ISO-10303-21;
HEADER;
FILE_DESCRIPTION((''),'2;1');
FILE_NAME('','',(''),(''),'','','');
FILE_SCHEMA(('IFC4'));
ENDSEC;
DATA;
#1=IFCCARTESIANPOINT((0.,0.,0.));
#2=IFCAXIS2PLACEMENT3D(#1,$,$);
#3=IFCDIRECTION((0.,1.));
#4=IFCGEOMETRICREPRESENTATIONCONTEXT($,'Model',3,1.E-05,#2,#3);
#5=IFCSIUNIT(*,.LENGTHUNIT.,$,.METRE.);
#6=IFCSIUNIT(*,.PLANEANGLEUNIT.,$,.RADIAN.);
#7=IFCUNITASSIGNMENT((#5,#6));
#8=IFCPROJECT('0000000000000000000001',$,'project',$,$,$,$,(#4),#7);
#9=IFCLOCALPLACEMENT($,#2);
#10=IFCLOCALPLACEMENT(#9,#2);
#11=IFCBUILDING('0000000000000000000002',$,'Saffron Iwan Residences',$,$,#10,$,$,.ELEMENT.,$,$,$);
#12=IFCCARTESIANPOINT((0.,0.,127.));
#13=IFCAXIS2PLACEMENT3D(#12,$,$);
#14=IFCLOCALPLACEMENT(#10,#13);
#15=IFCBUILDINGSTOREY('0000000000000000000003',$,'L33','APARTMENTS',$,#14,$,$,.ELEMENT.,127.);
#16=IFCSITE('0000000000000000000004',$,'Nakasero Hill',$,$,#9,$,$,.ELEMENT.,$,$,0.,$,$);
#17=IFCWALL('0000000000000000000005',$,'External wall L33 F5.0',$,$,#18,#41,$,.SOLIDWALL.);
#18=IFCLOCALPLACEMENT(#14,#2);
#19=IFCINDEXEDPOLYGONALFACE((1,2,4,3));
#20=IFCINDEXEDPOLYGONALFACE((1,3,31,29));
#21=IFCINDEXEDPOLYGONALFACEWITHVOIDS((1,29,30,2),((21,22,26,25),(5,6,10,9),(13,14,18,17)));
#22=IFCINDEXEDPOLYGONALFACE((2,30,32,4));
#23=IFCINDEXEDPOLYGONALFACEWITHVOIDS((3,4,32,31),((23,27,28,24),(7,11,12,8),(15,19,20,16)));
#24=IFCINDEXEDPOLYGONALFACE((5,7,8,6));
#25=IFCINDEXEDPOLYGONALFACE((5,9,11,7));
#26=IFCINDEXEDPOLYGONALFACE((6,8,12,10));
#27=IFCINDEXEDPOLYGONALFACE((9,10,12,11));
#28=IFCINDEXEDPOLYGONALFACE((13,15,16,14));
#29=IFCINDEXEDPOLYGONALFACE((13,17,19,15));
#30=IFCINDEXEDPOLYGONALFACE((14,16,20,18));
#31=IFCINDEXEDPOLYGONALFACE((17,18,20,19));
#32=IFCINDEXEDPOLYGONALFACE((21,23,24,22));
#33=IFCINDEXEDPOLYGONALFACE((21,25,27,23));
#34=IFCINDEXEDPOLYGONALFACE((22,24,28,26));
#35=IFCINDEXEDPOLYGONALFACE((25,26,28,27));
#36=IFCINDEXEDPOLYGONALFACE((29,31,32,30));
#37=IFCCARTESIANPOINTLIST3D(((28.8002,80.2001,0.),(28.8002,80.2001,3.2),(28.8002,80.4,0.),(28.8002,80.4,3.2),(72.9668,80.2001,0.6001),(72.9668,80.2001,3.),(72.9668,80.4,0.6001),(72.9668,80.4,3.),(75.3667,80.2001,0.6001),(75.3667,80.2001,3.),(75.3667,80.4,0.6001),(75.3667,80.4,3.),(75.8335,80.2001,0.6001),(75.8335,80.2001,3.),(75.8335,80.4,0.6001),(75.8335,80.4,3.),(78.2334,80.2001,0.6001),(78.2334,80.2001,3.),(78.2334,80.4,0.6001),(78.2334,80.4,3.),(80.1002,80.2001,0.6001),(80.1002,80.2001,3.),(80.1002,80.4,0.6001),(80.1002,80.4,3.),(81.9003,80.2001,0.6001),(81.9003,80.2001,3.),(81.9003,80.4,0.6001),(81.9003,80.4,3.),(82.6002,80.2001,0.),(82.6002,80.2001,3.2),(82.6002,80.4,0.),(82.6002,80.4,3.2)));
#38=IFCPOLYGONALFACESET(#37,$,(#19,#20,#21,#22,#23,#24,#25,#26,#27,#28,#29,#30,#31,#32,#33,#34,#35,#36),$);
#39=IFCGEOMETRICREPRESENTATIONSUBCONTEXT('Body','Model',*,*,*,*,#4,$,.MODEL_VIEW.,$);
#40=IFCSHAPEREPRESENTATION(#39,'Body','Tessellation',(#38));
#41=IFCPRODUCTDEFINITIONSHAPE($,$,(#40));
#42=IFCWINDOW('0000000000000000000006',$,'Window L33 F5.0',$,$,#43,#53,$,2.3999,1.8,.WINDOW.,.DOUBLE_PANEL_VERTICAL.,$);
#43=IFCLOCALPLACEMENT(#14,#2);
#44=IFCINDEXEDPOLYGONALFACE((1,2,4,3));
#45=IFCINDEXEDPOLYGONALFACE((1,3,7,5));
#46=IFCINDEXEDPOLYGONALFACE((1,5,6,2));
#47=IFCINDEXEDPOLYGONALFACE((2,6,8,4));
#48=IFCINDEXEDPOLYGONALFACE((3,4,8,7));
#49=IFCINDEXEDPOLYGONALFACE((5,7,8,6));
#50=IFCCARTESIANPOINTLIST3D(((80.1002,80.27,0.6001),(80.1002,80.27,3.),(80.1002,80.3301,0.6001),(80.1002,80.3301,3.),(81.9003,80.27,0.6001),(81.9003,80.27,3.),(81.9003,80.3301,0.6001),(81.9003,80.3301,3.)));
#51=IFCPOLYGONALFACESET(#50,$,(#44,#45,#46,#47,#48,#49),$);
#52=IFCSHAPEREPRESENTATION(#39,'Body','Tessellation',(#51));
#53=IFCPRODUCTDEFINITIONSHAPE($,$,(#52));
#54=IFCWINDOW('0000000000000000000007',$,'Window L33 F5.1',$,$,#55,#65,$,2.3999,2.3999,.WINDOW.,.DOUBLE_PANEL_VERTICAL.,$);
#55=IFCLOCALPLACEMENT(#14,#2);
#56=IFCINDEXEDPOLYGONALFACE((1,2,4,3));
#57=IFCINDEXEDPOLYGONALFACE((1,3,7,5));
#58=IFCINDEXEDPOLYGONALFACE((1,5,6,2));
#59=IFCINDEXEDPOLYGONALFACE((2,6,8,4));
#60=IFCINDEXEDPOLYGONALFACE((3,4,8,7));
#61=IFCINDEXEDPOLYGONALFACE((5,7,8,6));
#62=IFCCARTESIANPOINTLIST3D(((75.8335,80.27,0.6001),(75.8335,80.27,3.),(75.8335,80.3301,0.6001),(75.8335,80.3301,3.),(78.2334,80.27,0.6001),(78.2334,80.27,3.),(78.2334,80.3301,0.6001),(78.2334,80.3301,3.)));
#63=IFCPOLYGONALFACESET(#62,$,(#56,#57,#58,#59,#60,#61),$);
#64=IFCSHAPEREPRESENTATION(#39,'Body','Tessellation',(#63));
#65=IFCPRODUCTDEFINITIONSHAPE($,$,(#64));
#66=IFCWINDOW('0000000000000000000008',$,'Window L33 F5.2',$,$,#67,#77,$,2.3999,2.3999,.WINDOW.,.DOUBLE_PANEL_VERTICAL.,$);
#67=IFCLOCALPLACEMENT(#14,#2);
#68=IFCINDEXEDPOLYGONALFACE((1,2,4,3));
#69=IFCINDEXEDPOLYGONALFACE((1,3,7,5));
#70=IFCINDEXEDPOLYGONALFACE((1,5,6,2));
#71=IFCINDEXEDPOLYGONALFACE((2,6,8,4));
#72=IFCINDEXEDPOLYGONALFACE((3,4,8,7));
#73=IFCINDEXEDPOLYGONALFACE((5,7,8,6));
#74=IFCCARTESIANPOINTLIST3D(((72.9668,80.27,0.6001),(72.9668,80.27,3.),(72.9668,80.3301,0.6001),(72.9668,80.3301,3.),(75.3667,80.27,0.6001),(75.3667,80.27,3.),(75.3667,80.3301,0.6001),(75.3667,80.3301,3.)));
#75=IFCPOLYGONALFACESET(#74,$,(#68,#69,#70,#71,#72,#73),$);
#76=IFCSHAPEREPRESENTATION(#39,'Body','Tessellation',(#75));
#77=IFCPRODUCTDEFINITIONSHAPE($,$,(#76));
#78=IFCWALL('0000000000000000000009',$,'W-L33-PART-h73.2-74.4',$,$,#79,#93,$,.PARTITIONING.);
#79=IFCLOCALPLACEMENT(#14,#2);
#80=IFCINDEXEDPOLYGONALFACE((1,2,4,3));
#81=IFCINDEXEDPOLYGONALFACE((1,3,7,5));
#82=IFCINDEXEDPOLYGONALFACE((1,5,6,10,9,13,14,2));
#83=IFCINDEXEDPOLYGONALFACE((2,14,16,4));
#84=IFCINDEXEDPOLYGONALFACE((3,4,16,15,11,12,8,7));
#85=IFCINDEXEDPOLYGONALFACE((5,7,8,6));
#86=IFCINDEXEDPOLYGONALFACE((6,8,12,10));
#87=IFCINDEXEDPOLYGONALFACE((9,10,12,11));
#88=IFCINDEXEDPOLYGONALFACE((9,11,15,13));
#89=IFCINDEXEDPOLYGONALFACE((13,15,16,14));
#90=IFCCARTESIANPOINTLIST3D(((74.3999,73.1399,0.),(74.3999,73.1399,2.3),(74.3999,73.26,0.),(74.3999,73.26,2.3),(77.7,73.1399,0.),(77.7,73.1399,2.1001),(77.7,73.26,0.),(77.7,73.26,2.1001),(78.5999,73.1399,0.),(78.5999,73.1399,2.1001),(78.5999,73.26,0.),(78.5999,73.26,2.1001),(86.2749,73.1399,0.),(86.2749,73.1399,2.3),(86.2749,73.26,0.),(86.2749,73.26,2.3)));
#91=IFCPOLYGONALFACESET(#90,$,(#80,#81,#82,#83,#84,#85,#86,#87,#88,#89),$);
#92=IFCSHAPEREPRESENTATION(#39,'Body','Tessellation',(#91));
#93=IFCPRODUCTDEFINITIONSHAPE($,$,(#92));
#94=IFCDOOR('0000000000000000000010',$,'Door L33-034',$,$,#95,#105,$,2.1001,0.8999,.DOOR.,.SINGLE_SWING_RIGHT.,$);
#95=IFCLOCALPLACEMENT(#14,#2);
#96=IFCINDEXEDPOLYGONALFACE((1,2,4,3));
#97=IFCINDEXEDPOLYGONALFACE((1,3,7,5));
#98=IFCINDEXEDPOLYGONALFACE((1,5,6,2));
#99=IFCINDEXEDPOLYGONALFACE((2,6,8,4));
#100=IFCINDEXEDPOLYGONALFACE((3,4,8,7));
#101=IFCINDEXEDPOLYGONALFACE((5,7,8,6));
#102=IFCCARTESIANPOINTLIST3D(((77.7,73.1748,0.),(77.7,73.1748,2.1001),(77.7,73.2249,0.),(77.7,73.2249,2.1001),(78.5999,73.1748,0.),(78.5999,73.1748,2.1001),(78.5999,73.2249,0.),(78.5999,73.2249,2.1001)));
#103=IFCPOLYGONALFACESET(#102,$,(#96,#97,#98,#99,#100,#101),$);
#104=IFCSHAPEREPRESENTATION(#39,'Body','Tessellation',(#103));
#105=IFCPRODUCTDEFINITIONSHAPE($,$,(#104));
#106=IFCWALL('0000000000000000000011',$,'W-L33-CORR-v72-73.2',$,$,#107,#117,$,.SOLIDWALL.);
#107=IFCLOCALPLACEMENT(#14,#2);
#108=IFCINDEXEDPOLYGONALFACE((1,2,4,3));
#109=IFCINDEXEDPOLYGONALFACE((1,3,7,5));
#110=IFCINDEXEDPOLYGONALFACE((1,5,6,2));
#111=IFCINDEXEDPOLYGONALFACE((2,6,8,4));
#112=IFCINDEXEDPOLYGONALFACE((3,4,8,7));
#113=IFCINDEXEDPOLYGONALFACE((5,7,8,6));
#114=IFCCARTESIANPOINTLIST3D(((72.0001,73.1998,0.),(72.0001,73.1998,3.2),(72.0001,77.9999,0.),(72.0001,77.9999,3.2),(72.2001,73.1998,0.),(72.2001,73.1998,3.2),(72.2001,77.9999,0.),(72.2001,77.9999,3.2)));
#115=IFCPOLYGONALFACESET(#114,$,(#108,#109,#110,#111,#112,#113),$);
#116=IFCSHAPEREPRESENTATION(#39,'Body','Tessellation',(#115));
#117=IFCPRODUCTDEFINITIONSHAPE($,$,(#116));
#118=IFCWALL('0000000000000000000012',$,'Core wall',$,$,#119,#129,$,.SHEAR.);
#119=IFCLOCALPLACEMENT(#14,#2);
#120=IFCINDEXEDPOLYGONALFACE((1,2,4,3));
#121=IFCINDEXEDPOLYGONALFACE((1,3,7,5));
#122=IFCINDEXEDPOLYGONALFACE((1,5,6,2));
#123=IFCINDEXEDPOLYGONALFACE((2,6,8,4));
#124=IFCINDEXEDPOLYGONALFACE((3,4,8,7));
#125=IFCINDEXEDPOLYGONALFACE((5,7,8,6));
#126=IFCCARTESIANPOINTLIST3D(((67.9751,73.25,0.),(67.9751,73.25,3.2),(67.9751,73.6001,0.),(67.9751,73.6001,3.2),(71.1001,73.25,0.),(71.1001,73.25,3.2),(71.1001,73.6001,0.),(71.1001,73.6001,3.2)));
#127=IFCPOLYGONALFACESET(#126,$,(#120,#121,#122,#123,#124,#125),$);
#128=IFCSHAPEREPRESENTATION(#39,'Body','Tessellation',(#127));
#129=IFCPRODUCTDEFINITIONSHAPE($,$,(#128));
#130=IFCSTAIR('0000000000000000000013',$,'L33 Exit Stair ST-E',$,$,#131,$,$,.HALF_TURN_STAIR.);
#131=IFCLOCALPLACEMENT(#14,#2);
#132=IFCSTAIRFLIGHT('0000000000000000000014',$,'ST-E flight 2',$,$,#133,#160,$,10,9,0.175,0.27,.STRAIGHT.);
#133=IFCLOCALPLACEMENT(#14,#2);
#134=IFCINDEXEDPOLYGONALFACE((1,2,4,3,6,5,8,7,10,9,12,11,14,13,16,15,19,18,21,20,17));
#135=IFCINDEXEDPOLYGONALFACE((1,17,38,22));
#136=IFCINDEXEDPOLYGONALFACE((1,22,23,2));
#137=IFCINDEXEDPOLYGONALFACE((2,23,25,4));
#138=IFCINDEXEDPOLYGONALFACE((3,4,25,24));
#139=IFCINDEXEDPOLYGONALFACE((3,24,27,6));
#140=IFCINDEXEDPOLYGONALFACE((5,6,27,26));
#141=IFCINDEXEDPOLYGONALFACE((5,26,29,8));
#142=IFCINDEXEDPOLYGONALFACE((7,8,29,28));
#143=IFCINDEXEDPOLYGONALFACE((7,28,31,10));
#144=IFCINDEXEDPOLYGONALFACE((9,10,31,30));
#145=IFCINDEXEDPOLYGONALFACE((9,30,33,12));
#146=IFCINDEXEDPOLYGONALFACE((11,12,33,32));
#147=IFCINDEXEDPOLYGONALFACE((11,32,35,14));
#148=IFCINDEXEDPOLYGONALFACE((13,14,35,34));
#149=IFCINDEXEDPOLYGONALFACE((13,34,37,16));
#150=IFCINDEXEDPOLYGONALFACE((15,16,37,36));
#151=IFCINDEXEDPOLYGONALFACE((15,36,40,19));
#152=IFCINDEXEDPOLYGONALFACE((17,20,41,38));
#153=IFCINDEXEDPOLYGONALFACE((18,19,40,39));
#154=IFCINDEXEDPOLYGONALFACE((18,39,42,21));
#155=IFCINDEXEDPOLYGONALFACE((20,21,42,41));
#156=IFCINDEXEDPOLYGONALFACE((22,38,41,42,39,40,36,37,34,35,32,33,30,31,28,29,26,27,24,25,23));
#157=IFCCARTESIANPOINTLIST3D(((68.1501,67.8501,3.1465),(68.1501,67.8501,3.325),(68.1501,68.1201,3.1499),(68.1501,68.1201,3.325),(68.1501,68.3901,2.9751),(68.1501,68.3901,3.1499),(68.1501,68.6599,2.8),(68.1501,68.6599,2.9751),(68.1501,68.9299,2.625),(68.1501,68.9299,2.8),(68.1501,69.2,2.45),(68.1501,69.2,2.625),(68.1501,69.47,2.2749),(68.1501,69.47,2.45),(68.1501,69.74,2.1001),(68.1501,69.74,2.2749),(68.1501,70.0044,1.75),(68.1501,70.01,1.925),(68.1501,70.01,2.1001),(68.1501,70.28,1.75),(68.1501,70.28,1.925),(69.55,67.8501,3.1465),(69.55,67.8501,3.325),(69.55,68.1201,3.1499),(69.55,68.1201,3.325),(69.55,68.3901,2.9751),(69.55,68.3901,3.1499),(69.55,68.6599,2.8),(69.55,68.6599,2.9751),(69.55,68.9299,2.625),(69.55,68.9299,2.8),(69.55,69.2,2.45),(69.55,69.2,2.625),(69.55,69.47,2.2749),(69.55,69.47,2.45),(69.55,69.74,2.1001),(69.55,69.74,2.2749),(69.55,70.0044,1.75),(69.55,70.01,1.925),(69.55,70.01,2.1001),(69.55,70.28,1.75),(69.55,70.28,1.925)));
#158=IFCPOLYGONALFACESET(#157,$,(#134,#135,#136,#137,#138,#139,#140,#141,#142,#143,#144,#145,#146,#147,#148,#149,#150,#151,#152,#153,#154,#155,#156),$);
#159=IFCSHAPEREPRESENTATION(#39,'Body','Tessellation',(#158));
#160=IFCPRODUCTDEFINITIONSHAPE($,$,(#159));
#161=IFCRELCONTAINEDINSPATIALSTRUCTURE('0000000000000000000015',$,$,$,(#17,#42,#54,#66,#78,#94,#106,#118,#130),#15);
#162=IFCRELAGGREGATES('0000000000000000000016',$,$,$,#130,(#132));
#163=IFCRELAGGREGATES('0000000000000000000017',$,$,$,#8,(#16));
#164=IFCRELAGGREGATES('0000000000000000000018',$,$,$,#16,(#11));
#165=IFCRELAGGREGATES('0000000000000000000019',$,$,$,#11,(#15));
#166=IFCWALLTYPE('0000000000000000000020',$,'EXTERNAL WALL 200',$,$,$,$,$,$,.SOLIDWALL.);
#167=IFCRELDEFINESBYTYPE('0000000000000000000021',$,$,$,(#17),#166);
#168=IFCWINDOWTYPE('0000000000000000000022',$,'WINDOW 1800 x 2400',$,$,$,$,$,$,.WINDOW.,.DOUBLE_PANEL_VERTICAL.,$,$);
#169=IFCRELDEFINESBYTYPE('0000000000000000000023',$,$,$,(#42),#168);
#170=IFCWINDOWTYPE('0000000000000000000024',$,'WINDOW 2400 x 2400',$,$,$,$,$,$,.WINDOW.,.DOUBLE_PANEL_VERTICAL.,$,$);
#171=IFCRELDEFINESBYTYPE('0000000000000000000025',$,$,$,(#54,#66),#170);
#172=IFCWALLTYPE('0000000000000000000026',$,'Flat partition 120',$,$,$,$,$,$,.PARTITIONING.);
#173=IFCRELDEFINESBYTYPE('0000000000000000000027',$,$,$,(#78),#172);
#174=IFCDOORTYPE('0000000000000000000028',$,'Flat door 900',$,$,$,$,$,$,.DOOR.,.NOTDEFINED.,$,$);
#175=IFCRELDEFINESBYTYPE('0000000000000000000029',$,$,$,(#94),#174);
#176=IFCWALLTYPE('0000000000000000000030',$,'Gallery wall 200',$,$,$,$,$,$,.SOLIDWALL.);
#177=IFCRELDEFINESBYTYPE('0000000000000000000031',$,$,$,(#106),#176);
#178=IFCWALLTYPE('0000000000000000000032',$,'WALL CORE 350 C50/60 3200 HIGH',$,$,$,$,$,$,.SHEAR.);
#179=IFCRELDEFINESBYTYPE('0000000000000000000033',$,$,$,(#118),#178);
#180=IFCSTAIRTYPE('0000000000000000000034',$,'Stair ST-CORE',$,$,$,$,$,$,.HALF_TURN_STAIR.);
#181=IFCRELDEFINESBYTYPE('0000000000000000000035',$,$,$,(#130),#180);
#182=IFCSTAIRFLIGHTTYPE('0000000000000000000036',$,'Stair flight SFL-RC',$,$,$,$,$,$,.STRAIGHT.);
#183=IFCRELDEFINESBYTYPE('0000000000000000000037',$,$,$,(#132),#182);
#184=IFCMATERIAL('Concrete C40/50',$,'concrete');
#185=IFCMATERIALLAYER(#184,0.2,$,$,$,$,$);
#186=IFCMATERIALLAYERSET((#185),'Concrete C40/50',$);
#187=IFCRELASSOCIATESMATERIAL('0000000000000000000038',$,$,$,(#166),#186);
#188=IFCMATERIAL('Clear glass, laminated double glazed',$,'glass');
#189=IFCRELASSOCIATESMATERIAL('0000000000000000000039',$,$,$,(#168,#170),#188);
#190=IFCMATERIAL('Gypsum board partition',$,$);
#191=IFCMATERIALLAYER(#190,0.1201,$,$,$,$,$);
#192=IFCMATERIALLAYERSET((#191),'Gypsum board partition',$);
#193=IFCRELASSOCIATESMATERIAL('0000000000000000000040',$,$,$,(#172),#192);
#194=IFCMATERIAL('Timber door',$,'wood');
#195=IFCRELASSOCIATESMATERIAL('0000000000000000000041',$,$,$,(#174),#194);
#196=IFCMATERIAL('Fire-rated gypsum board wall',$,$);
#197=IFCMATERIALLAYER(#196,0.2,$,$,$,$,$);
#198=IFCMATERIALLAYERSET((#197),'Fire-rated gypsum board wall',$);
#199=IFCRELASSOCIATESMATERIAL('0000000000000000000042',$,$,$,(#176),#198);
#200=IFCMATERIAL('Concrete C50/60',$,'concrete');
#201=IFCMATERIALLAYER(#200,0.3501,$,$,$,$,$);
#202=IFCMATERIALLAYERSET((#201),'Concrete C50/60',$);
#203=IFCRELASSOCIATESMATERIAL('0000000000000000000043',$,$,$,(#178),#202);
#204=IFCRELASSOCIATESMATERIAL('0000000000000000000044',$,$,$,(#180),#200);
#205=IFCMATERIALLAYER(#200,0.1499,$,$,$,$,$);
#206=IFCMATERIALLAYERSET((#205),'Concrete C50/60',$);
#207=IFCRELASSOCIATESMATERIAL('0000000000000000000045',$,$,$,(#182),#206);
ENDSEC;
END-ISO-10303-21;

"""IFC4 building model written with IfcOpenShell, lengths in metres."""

from ifc_helpers import new_model, si_unit, direction, frame, frame_2d, origin, place, context, subcontext, project, spatial, polyline, rectangle, outline, extrude, material, layer, layer_set, type_object, element, fill, aggregate, save


model = new_model("IFC4")

# Units and contexts
model_context = context("Model", 3, precision=1e-05, world=origin(), true_north=direction((0.0, 1.0)))
body_context = subcontext(model_context, "Body", "Model", "MODEL_VIEW")
ifc_project = project(units=[si_unit("LENGTHUNIT", "METRE"), si_unit("PLANEANGLEUNIT", "RADIAN")], contexts=[model_context])

# Site, building, storey
site_placement = place(None, origin())
site = spatial("IfcSite", under=ifc_project, at=site_placement, Name="Nakasero Hill", CompositionType="ELEMENT", RefElevation=0.0)
building_placement = place(site_placement, origin())
building = spatial("IfcBuilding", under=site, at=building_placement, Name="Saffron Iwan Residences", CompositionType="ELEMENT")
storey_placement = place(building_placement, frame((0.0, 0.0, 127.0)))
storey = spatial("IfcBuildingStorey", under=building, at=storey_placement, Name="L33", Description="APARTMENTS", CompositionType="ELEMENT", Elevation=127.0)

# Shared definitions
ifc_material_1 = material(Name="Concrete C50/60", Category="concrete")

# Shared definitions
ifc_material_2 = material(Name="Concrete C40/50", Category="concrete")
ifc_layer_1 = layer(ifc_material_2, 0.2)
ifc_layer_set_1 = layer_set([ifc_layer_1], Name="Concrete C40/50")
wall_type_1 = type_object("IfcWallType", Name="EXTERNAL WALL 200", PredefinedType="SOLIDWALL", material=ifc_layer_set_1)
ifc_material_3 = material(Name="Clear glass, laminated double glazed", Category="glass")
window_type_1 = type_object("IfcWindowType", Name="WINDOW 1800 x 2400", PartitioningType="DOUBLE_PANEL_VERTICAL", PredefinedType="WINDOW", material=ifc_material_3)
window_type_2 = type_object("IfcWindowType", Name="WINDOW 2400 x 2400", PartitioningType="DOUBLE_PANEL_VERTICAL", PredefinedType="WINDOW", material=ifc_material_3)

# Wall, openings, windows
wall_1_placement = place(storey_placement, frame((82.6001, 80.3, 0.0), z_axis=(0.0, 0.0, 1.0), x_axis=(-1.0, 0.0, 0.0)))
wall_1 = element("IfcWall", 1, at=wall_1_placement, inside=storey, type_object=wall_type_1, Name="External wall L33 F5.0", PredefinedType="SOLIDWALL", context=body_context, shape_type="SweptSolid", body=[
    extrude(rectangle(XDim=53.8, YDim=0.2, at=frame_2d((26.8999, 0.0))), origin(), (0.0, 0.0, 1.0), 3.2),
])
opening_1_placement = place(wall_1_placement, frame((0.7, 0.0, 0.6001)))
opening_1 = element("IfcOpeningElement", 2, at=opening_1_placement, cuts=wall_1, PredefinedType="OPENING", context=body_context, shape_type="SweptSolid", body=[
    extrude(rectangle(XDim=1.8, YDim=2.3999, at=frame_2d((0.8999, 1.2))), frame((0.0, 0.1099, 0.0), z_axis=(0.0, -1.0, 0.0), x_axis=(1.0, 0.0, 0.0)), (0.0, 0.0, 1.0), 0.22),
])
opening_2_placement = place(wall_1_placement, frame((4.3667, 0.0, 0.6001)))
opening_2 = element("IfcOpeningElement", 3, at=opening_2_placement, cuts=wall_1, PredefinedType="OPENING", context=body_context, shape_type="SweptSolid", body=[
    extrude(rectangle(XDim=2.3999, YDim=2.3999, at=frame_2d((1.2, 1.2))), frame((0.0, 0.1099, 0.0), z_axis=(0.0, -1.0, 0.0), x_axis=(1.0, 0.0, 0.0)), (0.0, 0.0, 1.0), 0.22),
])
opening_3_placement = place(wall_1_placement, frame((7.2334, 0.0, 0.6001)))
opening_3 = element("IfcOpeningElement", 4, at=opening_3_placement, cuts=wall_1, PredefinedType="OPENING", context=body_context, shape_type="SweptSolid", body=[
    extrude(rectangle(XDim=2.3999, YDim=2.3999, at=frame_2d((1.2, 1.2))), frame((0.0, 0.1099, 0.0), z_axis=(0.0, -1.0, 0.0), x_axis=(1.0, 0.0, 0.0)), (0.0, 0.0, 1.0), 0.22),
])
window_1_placement = place(opening_1_placement, origin())
window_1 = element("IfcWindow", 5, at=window_1_placement, inside=storey, type_object=window_type_1, Name="Window L33 F5.0", OverallHeight=2.3999, OverallWidth=1.8, PartitioningType="DOUBLE_PANEL_VERTICAL", PredefinedType="WINDOW", context=body_context, shape_type="SweptSolid", body=[
    extrude(rectangle(XDim=1.8, YDim=2.3999, at=frame_2d((0.8999, 1.2))), frame((0.0, 0.03, 0.0), z_axis=(0.0, -1.0, 0.0), x_axis=(1.0, 0.0, 0.0)), (0.0, 0.0, 1.0), 0.0601),
])
fill(opening_1, window_1)
window_2_placement = place(opening_2_placement, origin())
window_2 = element("IfcWindow", 6, at=window_2_placement, inside=storey, type_object=window_type_2, Name="Window L33 F5.1", OverallHeight=2.3999, OverallWidth=2.3999, PartitioningType="DOUBLE_PANEL_VERTICAL", PredefinedType="WINDOW", context=body_context, shape_type="SweptSolid", body=[
    extrude(rectangle(XDim=2.3999, YDim=2.3999, at=frame_2d((1.2, 1.2))), frame((0.0, 0.03, 0.0), z_axis=(0.0, -1.0, 0.0), x_axis=(1.0, 0.0, 0.0)), (0.0, 0.0, 1.0), 0.0601),
])
fill(opening_2, window_2)
window_3_placement = place(opening_3_placement, origin())
window_3 = element("IfcWindow", 7, at=window_3_placement, inside=storey, type_object=window_type_2, Name="Window L33 F5.2", OverallHeight=2.3999, OverallWidth=2.3999, PartitioningType="DOUBLE_PANEL_VERTICAL", PredefinedType="WINDOW", context=body_context, shape_type="SweptSolid", body=[
    extrude(rectangle(XDim=2.3999, YDim=2.3999, at=frame_2d((1.2, 1.2))), frame((0.0, 0.03, 0.0), z_axis=(0.0, -1.0, 0.0), x_axis=(1.0, 0.0, 0.0)), (0.0, 0.0, 1.0), 0.0601),
])
fill(opening_3, window_3)

# Wall, opening, door
ifc_material_4 = material(Name="Gypsum board partition")
ifc_layer_2 = layer(ifc_material_4, 0.1201)
ifc_layer_set_2 = layer_set([ifc_layer_2], Name="Gypsum board partition")
wall_type_2 = type_object("IfcWallType", Name="Flat partition 120", PredefinedType="PARTITIONING", material=ifc_layer_set_2)
wall_2_placement = place(storey_placement, frame((74.3999, 73.2, 0.0), z_axis=(0.0, 0.0, 1.0), x_axis=(1.0, 0.0, 0.0)))
wall_2 = element("IfcWall", 8, at=wall_2_placement, inside=storey, type_object=wall_type_2, Name="W-L33-PART-h73.2-74.4", PredefinedType="PARTITIONING", context=body_context, shape_type="SweptSolid", body=[
    extrude(rectangle(XDim=11.875, YDim=0.1201, at=frame_2d((5.9375, 0.0))), origin(), (0.0, 0.0, 1.0), 2.3),
])
opening_4_placement = place(wall_2_placement, frame((3.3, 0.0, 0.0)))
opening_4 = element("IfcOpeningElement", 9, at=opening_4_placement, cuts=wall_2, PredefinedType="OPENING", context=body_context, shape_type="SweptSolid", body=[
    extrude(rectangle(XDim=0.8999, YDim=2.1001, at=frame_2d((0.45, 1.05))), frame((0.0, 0.0701, 0.0), z_axis=(0.0, -1.0, 0.0), x_axis=(1.0, 0.0, 0.0)), (0.0, 0.0, 1.0), 0.1401),
])
ifc_material_5 = material(Name="Timber door", Category="wood")
door_type = type_object("IfcDoorType", Name="Flat door 900", OperationType="NOTDEFINED", PredefinedType="DOOR", material=ifc_material_5)
door_placement = place(opening_4_placement, origin())
door = element("IfcDoor", 10, at=door_placement, inside=storey, type_object=door_type, Name="Door L33-034", OperationType="SINGLE_SWING_RIGHT", OverallHeight=2.1001, OverallWidth=0.8999, PredefinedType="DOOR", context=body_context, shape_type="SweptSolid", body=[
    extrude(rectangle(XDim=0.8999, YDim=2.1001, at=frame_2d((0.45, 1.05))), frame((0.0, 0.0249, 0.0), z_axis=(0.0, -1.0, 0.0), x_axis=(1.0, 0.0, 0.0)), (0.0, 0.0, 1.0), 0.05),
])
fill(opening_4, door)

# Walls
ifc_material_6 = material(Name="Fire-rated gypsum board wall")
ifc_layer_3 = layer(ifc_material_6, 0.2)
ifc_layer_set_3 = layer_set([ifc_layer_3], Name="Fire-rated gypsum board wall")
wall_type_3 = type_object("IfcWallType", Name="Gallery wall 200", PredefinedType="SOLIDWALL", material=ifc_layer_set_3)
wall_3_placement = place(storey_placement, frame((72.1001, 73.2, 0.0), z_axis=(0.0, 0.0, 1.0), x_axis=(0.0, 1.0, 0.0)))
element("IfcWall", 11, at=wall_3_placement, inside=storey, type_object=wall_type_3, Name="W-L33-CORR-v72-73.2", PredefinedType="SOLIDWALL", context=body_context, shape_type="SweptSolid", body=[
    extrude(rectangle(XDim=4.8, YDim=0.2, at=frame_2d((2.3999, 0.0))), origin(), (0.0, 0.0, 1.0), 3.2),
])
ifc_layer_4 = layer(ifc_material_1, 0.3501)
ifc_layer_set_4 = layer_set([ifc_layer_4], Name="Concrete C50/60")
wall_type_4 = type_object("IfcWallType", Name="WALL CORE 350 C50/60 3200 HIGH", PredefinedType="SHEAR", material=ifc_layer_set_4)
wall_4_placement = place(storey_placement, frame((67.9751, 73.425, 0.0), z_axis=(0.0, 0.0, 1.0), x_axis=(1.0, 0.0, 0.0)))
element("IfcWall", 12, at=wall_4_placement, inside=storey, type_object=wall_type_4, Name="Core wall", PredefinedType="SHEAR", context=body_context, shape_type="SweptSolid", body=[
    extrude(rectangle(XDim=3.125, YDim=0.3501, at=frame_2d((1.5625, 0.0))), origin(), (0.0, 0.0, 1.0), 3.2),
])

# Stair, stair flight
stair_type = type_object("IfcStairType", Name="Stair ST-CORE", PredefinedType="HALF_TURN_STAIR", material=ifc_material_1)
stair_placement = place(storey_placement, origin())
stair = element("IfcStair", 13, at=stair_placement, inside=storey, type_object=stair_type, Name="L33 Exit Stair ST-E", PredefinedType="HALF_TURN_STAIR")
ifc_layer_5 = layer(ifc_material_1, 0.1499)
ifc_layer_set_5 = layer_set([ifc_layer_5], Name="Concrete C50/60")
stair_flight_type = type_object("IfcStairFlightType", Name="Stair flight SFL-RC", PredefinedType="STRAIGHT", material=ifc_layer_set_5)
stair_flight_placement = place(storey_placement, frame((68.8501, 70.28, 1.75), z_axis=(0.0, 0.0, 1.0), x_axis=(0.0, -1.0, 0.0)))
stair_flight = element("IfcStairFlight", 14, at=stair_flight_placement, type_object=stair_flight_type, Name="ST-E flight 2", NumberOfRisers=10, NumberOfTreads=9, PredefinedType="STRAIGHT", RiserHeight=0.175, TreadLength=0.27, context=body_context, shape_type="SweptSolid", body=[
    extrude(outline(polyline([(0.0, 0.0), (0.0, 0.175), (0.27, 0.175), (0.27, 0.3501), (0.54, 0.3501), (0.54, 0.5249), (0.8101, 0.5249), (0.8101, 0.7), (1.0801, 0.7), (1.0801, 0.875), (1.3501, 0.875), (1.3501, 1.05), (1.6201, 1.05), (1.6201, 1.2251), (1.8899, 1.2251), (1.8899, 1.3999), (2.1599, 1.3999), (2.1599, 1.575), (2.4299, 1.575), (2.4299, 1.75), (2.4299, 1.3965), (0.2756, 0.0), (0.0, 0.0)])), frame((0.0, 0.7, 0.0), z_axis=(0.0, -1.0, 0.0), x_axis=(1.0, 0.0, 0.0)), (0.0, 0.0, 1.0), 1.3999),
])
aggregate(stair, [stair_flight])

save(model, "model.ifc")
